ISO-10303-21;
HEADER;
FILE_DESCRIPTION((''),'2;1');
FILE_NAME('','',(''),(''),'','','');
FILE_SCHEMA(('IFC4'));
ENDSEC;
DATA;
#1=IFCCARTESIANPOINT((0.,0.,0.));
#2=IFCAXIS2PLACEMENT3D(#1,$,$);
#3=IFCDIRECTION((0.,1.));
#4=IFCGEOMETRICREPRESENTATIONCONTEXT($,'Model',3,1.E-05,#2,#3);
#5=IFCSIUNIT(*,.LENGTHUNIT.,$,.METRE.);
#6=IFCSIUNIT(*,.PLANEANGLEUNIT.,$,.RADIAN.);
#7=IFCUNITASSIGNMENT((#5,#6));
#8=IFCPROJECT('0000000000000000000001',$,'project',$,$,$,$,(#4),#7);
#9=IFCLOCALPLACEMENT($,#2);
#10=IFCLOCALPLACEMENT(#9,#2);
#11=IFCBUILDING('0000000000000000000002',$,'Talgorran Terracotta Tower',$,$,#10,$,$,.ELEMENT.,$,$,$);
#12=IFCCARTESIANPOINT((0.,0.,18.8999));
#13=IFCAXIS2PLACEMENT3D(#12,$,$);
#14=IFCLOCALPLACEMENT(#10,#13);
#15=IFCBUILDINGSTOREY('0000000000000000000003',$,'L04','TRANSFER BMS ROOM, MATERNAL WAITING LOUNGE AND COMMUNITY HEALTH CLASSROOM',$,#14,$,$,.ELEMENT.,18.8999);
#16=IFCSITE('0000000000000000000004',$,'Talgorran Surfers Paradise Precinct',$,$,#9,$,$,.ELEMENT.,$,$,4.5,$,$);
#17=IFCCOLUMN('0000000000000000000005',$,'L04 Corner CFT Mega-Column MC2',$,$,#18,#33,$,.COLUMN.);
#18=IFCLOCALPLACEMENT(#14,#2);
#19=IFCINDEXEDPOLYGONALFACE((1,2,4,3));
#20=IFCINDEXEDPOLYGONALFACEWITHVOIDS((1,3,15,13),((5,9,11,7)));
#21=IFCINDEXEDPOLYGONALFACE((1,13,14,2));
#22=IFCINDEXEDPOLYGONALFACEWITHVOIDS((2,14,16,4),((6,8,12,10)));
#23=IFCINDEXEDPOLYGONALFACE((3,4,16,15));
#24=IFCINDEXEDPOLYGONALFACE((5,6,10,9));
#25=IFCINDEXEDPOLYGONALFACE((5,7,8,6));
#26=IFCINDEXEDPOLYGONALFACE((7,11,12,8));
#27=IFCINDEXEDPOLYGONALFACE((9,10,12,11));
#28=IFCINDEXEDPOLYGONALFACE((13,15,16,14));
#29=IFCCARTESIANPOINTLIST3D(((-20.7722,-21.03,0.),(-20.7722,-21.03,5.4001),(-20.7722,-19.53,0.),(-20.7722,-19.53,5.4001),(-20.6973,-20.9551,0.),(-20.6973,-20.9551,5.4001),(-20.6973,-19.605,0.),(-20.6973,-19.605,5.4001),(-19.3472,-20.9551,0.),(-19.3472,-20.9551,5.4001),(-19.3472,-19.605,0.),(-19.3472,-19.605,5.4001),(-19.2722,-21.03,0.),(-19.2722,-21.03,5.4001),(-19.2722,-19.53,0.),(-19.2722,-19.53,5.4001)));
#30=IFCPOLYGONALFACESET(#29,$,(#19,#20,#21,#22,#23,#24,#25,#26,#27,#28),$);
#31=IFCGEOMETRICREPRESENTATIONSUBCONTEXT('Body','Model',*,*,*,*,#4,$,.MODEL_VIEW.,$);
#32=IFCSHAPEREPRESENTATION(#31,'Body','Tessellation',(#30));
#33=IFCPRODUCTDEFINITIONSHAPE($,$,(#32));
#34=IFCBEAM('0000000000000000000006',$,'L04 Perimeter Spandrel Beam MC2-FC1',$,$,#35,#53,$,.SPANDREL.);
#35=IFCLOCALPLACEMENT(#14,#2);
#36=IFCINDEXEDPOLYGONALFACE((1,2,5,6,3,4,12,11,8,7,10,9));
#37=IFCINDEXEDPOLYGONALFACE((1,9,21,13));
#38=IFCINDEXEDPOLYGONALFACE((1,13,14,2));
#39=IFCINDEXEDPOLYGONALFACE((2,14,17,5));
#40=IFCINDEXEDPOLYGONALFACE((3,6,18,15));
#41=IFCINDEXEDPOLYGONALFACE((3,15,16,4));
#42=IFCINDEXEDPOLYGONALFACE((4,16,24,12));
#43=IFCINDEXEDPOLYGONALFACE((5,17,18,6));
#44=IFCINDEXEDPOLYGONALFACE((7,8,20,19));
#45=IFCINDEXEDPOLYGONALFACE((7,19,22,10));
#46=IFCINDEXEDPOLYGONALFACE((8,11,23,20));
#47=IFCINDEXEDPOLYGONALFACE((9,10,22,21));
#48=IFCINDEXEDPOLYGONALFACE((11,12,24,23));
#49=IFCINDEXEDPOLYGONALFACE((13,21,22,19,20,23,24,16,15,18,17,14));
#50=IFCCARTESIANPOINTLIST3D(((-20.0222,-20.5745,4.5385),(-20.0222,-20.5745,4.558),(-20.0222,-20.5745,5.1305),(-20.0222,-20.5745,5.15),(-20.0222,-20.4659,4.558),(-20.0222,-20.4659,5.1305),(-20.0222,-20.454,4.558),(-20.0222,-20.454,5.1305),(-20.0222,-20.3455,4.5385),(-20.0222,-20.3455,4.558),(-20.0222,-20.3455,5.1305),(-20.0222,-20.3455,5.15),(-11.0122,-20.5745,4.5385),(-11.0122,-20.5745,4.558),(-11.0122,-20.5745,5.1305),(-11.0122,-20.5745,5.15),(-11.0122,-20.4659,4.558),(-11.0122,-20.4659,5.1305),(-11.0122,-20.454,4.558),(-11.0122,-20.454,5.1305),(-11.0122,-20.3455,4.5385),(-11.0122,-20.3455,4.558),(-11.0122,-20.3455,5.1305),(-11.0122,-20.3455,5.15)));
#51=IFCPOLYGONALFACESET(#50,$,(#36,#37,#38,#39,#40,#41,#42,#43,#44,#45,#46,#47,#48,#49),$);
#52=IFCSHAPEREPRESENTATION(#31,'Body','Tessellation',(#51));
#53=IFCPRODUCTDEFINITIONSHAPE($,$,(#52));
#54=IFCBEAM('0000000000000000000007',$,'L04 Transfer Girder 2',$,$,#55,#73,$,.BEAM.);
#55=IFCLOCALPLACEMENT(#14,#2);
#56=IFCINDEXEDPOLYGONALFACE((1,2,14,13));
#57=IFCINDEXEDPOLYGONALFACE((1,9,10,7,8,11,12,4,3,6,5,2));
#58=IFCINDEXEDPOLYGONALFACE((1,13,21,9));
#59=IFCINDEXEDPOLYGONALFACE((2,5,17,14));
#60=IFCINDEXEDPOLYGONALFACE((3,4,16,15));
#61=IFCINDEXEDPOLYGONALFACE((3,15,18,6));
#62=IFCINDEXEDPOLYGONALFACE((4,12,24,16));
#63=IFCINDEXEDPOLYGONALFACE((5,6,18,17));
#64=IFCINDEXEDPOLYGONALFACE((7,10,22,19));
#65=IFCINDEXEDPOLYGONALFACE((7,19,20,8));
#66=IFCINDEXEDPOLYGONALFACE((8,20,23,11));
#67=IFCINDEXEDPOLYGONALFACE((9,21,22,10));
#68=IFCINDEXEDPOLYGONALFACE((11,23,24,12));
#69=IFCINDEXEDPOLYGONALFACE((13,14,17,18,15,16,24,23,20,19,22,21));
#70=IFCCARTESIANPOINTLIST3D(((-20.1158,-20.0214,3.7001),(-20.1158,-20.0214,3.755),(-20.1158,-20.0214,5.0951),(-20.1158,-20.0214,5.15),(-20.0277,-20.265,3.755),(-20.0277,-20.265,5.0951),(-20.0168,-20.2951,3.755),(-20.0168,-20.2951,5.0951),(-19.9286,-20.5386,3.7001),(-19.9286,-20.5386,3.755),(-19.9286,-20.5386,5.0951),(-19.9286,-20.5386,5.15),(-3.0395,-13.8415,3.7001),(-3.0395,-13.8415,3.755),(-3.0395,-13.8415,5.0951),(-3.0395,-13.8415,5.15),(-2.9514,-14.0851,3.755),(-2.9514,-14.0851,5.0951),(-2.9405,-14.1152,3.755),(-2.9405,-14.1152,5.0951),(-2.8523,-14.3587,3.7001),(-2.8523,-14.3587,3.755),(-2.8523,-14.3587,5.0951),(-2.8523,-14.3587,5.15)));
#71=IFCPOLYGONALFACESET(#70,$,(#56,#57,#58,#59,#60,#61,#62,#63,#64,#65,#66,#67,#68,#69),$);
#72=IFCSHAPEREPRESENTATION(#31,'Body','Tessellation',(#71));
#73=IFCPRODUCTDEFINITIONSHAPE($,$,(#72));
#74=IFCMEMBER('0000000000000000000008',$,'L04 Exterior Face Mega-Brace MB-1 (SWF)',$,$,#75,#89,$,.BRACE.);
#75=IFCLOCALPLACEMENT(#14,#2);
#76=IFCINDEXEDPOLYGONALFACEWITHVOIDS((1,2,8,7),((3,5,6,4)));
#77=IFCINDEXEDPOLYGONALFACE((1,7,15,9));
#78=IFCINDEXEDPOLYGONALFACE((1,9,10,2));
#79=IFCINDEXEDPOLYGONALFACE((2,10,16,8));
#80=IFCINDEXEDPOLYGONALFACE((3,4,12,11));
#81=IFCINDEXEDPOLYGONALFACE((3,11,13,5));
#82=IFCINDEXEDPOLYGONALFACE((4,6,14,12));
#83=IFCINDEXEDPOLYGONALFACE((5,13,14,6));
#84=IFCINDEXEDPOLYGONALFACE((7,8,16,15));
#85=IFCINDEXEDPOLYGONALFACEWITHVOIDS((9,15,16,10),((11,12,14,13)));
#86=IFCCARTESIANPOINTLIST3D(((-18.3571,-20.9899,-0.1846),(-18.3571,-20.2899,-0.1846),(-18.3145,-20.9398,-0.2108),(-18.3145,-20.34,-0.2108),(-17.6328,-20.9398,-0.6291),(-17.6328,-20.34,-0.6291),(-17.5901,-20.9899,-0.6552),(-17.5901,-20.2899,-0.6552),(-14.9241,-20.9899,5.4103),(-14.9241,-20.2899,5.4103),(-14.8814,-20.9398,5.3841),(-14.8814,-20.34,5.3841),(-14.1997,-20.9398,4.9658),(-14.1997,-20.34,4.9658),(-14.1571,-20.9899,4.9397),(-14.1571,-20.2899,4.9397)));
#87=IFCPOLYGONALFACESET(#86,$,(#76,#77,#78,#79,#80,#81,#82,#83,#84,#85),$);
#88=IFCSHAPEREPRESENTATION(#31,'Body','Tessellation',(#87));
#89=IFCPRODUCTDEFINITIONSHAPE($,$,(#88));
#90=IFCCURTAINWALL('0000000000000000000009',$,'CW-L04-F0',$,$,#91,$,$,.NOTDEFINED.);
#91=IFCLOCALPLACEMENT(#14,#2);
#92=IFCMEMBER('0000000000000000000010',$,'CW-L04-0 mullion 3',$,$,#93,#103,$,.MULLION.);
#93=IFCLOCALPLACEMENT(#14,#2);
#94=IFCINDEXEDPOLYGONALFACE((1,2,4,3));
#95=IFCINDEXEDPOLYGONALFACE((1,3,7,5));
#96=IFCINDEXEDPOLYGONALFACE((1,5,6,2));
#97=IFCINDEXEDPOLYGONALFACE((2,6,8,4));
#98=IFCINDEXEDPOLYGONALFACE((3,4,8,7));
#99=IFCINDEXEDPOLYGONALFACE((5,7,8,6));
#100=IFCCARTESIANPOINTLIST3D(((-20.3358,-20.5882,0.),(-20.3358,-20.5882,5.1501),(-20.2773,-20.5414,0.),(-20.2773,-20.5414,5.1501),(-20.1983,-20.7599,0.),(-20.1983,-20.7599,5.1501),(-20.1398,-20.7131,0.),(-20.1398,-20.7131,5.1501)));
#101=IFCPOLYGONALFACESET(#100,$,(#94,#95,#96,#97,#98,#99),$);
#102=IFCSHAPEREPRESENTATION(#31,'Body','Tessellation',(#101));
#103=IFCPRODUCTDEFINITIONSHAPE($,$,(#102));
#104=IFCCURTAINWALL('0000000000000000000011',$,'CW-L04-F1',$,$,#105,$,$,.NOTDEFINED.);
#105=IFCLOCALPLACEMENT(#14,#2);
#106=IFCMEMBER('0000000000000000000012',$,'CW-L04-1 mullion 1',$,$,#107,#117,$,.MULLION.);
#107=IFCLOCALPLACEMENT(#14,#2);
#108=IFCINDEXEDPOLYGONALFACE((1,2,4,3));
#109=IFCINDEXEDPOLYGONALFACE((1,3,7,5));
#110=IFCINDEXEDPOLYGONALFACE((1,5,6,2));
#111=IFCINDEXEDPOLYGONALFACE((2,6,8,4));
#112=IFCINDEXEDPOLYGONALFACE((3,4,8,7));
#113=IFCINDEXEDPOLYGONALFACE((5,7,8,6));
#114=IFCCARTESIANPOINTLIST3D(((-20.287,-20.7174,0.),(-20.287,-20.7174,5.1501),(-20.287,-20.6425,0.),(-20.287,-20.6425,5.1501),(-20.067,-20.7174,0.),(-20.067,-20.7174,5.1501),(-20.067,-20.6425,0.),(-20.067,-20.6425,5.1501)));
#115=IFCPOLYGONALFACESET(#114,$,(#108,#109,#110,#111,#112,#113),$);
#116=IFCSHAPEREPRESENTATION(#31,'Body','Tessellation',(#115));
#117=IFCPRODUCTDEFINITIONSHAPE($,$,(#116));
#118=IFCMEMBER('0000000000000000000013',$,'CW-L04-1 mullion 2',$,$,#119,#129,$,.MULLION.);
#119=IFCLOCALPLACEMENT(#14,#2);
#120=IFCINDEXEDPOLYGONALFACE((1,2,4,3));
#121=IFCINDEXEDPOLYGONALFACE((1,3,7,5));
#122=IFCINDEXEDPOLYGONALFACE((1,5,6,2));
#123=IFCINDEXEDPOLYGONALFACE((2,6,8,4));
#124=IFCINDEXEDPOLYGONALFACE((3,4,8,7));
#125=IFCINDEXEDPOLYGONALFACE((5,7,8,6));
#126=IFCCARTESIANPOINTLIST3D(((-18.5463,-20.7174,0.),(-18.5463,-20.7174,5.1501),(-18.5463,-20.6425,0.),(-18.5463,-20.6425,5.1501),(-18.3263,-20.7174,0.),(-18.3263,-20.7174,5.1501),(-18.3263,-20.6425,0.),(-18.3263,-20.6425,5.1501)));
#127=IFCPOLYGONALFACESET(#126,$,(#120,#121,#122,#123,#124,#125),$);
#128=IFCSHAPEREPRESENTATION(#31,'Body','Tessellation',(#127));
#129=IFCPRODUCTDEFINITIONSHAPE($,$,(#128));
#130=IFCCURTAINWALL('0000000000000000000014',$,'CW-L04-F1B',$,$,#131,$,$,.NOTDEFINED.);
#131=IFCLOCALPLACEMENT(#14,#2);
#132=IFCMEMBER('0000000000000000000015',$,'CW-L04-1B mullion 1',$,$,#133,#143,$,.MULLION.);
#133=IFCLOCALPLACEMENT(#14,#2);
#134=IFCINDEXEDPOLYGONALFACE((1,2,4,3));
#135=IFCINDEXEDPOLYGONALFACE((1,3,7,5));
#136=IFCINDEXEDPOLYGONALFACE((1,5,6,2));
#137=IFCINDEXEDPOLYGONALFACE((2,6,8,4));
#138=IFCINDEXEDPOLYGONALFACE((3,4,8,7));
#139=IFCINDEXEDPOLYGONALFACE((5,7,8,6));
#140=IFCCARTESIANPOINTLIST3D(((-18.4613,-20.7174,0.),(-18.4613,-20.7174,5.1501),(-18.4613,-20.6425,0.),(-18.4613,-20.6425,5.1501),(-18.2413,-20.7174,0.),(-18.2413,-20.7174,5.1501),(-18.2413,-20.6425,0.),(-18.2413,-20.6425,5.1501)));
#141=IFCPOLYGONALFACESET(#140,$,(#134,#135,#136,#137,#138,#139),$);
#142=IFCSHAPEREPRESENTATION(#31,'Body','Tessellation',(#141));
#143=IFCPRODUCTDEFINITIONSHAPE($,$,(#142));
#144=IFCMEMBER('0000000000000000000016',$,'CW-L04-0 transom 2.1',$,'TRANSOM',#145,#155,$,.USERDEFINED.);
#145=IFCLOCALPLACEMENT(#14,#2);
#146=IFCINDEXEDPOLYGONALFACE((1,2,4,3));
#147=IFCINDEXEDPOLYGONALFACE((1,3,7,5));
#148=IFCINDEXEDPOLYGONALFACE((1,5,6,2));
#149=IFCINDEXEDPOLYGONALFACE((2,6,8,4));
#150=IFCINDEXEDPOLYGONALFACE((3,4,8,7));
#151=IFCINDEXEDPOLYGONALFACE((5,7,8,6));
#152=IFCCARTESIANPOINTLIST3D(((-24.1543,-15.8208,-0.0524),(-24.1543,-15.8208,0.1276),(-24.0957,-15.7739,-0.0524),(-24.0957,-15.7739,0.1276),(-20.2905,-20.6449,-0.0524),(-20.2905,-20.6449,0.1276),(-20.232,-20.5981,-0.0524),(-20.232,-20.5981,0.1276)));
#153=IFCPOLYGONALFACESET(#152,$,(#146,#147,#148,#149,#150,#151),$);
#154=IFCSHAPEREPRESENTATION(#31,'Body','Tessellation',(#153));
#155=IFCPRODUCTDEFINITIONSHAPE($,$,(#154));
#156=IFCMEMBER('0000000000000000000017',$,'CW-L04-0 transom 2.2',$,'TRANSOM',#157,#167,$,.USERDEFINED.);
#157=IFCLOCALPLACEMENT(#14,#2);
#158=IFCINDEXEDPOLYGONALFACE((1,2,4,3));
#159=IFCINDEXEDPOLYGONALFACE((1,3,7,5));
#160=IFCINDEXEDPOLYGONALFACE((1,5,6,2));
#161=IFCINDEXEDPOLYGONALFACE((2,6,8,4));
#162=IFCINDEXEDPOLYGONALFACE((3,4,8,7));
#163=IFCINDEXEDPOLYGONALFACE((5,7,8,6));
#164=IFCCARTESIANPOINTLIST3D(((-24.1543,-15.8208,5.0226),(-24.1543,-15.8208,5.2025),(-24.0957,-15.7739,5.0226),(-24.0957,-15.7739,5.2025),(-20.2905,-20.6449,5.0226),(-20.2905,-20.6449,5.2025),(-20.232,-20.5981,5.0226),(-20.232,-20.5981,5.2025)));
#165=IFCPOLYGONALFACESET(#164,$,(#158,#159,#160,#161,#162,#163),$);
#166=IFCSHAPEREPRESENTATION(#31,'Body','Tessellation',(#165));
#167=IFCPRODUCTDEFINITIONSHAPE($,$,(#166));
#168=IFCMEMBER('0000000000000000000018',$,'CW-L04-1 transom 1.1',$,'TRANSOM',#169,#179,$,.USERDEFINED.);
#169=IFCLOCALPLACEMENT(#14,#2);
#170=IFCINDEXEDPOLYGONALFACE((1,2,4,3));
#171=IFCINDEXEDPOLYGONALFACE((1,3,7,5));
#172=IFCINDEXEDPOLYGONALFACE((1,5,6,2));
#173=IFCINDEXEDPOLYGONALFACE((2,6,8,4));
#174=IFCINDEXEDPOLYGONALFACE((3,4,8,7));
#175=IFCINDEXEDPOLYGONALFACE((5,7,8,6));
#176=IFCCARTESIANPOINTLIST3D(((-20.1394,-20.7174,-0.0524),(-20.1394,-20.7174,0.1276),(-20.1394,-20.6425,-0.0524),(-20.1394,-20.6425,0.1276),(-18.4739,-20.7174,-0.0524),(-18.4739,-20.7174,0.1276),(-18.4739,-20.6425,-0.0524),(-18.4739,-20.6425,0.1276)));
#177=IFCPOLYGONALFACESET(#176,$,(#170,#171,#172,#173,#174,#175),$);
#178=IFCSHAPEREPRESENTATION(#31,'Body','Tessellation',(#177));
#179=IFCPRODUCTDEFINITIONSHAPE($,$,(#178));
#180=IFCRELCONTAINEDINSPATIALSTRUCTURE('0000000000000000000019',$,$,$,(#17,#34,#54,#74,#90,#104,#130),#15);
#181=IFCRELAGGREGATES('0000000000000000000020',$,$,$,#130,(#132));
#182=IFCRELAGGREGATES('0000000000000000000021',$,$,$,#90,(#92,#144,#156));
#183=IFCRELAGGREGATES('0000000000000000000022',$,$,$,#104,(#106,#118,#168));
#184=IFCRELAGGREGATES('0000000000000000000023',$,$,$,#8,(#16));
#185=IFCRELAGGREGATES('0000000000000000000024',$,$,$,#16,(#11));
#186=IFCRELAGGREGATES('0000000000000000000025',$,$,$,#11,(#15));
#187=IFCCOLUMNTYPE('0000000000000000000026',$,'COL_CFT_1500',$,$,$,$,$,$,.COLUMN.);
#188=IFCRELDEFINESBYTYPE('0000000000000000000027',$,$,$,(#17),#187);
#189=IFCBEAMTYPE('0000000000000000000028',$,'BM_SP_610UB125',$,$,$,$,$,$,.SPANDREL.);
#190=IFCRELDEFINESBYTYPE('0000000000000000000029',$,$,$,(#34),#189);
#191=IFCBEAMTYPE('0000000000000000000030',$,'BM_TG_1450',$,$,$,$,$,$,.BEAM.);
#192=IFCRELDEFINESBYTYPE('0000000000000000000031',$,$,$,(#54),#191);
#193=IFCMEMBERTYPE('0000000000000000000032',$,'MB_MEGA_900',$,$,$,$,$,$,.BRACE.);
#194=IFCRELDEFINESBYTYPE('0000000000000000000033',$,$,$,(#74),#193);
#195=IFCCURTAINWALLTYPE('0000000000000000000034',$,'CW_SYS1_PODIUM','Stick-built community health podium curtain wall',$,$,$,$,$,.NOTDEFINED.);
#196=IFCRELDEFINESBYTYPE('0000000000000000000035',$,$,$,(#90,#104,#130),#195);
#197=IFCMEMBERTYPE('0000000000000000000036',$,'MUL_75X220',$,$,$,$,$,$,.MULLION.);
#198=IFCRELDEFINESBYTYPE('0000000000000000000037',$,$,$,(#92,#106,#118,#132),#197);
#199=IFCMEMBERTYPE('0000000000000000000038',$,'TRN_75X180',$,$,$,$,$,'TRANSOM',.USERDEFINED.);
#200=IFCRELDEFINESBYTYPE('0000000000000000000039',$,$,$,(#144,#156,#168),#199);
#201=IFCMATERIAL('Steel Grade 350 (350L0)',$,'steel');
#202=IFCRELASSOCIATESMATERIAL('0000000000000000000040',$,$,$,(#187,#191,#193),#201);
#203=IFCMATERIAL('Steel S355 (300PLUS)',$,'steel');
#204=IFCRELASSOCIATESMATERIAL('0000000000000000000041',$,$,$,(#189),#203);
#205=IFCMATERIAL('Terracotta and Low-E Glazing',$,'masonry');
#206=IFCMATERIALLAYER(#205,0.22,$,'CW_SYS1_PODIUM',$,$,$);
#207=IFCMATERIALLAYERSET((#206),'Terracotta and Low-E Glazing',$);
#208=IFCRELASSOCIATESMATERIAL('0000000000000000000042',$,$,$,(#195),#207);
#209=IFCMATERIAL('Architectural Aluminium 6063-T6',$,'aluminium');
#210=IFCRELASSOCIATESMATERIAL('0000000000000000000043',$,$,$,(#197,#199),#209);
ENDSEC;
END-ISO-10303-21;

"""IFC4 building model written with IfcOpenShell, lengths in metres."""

from ifc_helpers import new_model, si_unit, direction, frame, origin, origin_2d, place, context, subcontext, project, spatial, rectangle, hollow_rectangle, i_section, extrude, material, layer, layer_set, material_profile, profile_set, type_object, element, aggregate, save


model = new_model("IFC4")

# Units and contexts
model_context = context("Model", 3, precision=1e-05, world=origin(), true_north=direction((0.0, 1.0)))
body_context = subcontext(model_context, "Body", "Model", "MODEL_VIEW")
ifc_project = project(units=[si_unit("LENGTHUNIT", "METRE"), si_unit("PLANEANGLEUNIT", "RADIAN")], contexts=[model_context])

# Site, building, storey
site_placement = place(None, origin())
site = spatial("IfcSite", under=ifc_project, at=site_placement, Name="Talgorran Surfers Paradise Precinct", CompositionType="ELEMENT", RefElevation=4.5)
building_placement = place(site_placement, origin())
building = spatial("IfcBuilding", under=site, at=building_placement, Name="Talgorran Terracotta Tower", CompositionType="ELEMENT")
storey_placement = place(building_placement, frame((0.0, 0.0, 18.8999)))
storey = spatial("IfcBuildingStorey", under=building, at=storey_placement, Name="L04", Description="TRANSFER BMS ROOM, MATERNAL WAITING LOUNGE AND COMMUNITY HEALTH CLASSROOM", CompositionType="ELEMENT", Elevation=18.8999)

# Column
ifc_material_1 = material(Name="Steel Grade 350 (350L0)", Category="steel")
ifc_material_profile_1 = material_profile(ifc_material_1, hollow_rectangle(XDim=1.5, YDim=1.5, WallThickness=0.075, at=origin_2d()), Name="CFT1500X1500X75")
ifc_profile_set_1 = profile_set([ifc_material_profile_1], Name="Steel Grade 350 (350L0)")
column_type = type_object("IfcColumnType", Name="COL_CFT_1500", PredefinedType="COLUMN", material=ifc_profile_set_1)
column_placement = place(storey_placement, frame((-20.0222, -20.28, 0.0), z_axis=(0.0, 0.0, 1.0), x_axis=(1.0, 0.0, 0.0)))
element("IfcColumn", 1, at=column_placement, inside=storey, type_object=column_type, Name="L04 Corner CFT Mega-Column MC2", PredefinedType="COLUMN", context=body_context, shape_type="SweptSolid", body=[
    extrude(hollow_rectangle(XDim=1.5, YDim=1.5, WallThickness=0.075, at=origin_2d()), origin(), (0.0, 0.0, 1.0), 5.4001),
])

# Beams
ifc_material_2 = material(Name="Steel S355 (300PLUS)", Category="steel")
ifc_material_profile_2 = material_profile(ifc_material_2, i_section(OverallWidth=0.229, OverallDepth=0.6116, WebThickness=0.012, FlangeThickness=0.0195, at=origin_2d()), Name="610UB125")
ifc_profile_set_2 = profile_set([ifc_material_profile_2], Name="Steel S355 (300PLUS)")
beam_type_1 = type_object("IfcBeamType", Name="BM_SP_610UB125", PredefinedType="SPANDREL", material=ifc_profile_set_2)
beam_1_placement = place(storey_placement, frame((-20.0222, -20.46, 4.8442), z_axis=(1.0, 0.0, 0.0), x_axis=(0.0, 1.0, 0.0)))
element("IfcBeam", 2, at=beam_1_placement, inside=storey, type_object=beam_type_1, Name="L04 Perimeter Spandrel Beam MC2-FC1", PredefinedType="SPANDREL", context=body_context, shape_type="SweptSolid", body=[
    extrude(i_section(OverallWidth=0.229, OverallDepth=0.6116, WebThickness=0.012, FlangeThickness=0.0195, at=origin_2d()), origin(), (0.0, 0.0, 1.0), 9.01),
])
ifc_material_profile_3 = material_profile(ifc_material_1, i_section(OverallWidth=0.55, OverallDepth=1.45, WebThickness=0.032, FlangeThickness=0.0549, at=origin_2d()), Name="TG1450X550")
ifc_profile_set_3 = profile_set([ifc_material_profile_3], Name="Steel Grade 350 (350L0)")
beam_type_2 = type_object("IfcBeamType", Name="BM_TG_1450", PredefinedType="BEAM", material=ifc_profile_set_3)
beam_2_placement = place(storey_placement, frame((-20.0222, -20.28, 4.425), z_axis=(0.940317, 0.340299, 0.0), x_axis=(-0.340299, 0.940317, 0.0)))
element("IfcBeam", 3, at=beam_2_placement, inside=storey, type_object=beam_type_2, Name="L04 Transfer Girder 2", PredefinedType="BEAM", context=body_context, shape_type="SweptSolid", body=[
    extrude(i_section(OverallWidth=0.55, OverallDepth=1.45, WebThickness=0.032, FlangeThickness=0.0549, at=origin_2d()), origin(), (0.0, 0.0, 1.0), 18.1602),
])

# Member
ifc_material_profile_4 = material_profile(ifc_material_1, hollow_rectangle(XDim=0.7, YDim=0.8999, WallThickness=0.05, at=origin_2d()), Name="WBOX900X700X50")
ifc_profile_set_4 = profile_set([ifc_material_profile_4], Name="Steel Grade 350 (350L0)")
member_type_1 = type_object("IfcMemberType", Name="MB_MEGA_900", PredefinedType="BRACE", material=ifc_profile_set_4)
member_1_placement = place(storey_placement, frame((-17.9736, -20.6399, -0.4199), z_axis=(0.522997, 0.0, 0.852334), x_axis=(0.0, 1.0, 0.0)))
element("IfcMember", 4, at=member_1_placement, inside=storey, type_object=member_type_1, Name="L04 Exterior Face Mega-Brace MB-1 (SWF)", PredefinedType="BRACE", context=body_context, shape_type="SweptSolid", body=[
    extrude(hollow_rectangle(XDim=0.7, YDim=0.8999, WallThickness=0.05, at=origin_2d()), origin(), (0.0, 0.0, 1.0), 6.5642),
])

# Curtain wall, member
ifc_material_3 = material(Name="Terracotta and Low-E Glazing", Category="masonry")
ifc_layer_1 = layer(ifc_material_3, 0.22, Name="CW_SYS1_PODIUM")
ifc_layer_set_1 = layer_set([ifc_layer_1], Name="Terracotta and Low-E Glazing")
curtain_wall_type = type_object("IfcCurtainWallType", Name="CW_SYS1_PODIUM", Description="Stick-built community health podium curtain wall", PredefinedType="NOTDEFINED", material=ifc_layer_set_1)
curtain_wall_1_placement = place(storey_placement, origin())
curtain_wall_1 = element("IfcCurtainWall", 5, at=curtain_wall_1_placement, inside=storey, type_object=curtain_wall_type, Name="CW-L04-F0", PredefinedType="NOTDEFINED")
ifc_material_4 = material(Name="Architectural Aluminium 6063-T6", Category="aluminium")
ifc_material_profile_5 = material_profile(ifc_material_4, rectangle(XDim=0.075, YDim=0.22, at=origin_2d()), Name="CWM75X220")
ifc_profile_set_5 = profile_set([ifc_material_profile_5], Name="Architectural Aluminium 6063-T6")
member_type_2 = type_object("IfcMemberType", Name="MUL_75X220", PredefinedType="MULLION", material=ifc_profile_set_5)
member_2_placement = place(storey_placement, frame((-20.2378, -20.6506, 0.0), z_axis=(0.0, 0.0, 1.0), x_axis=(0.780532, 0.625116, 0.0)))
member_2 = element("IfcMember", 6, at=member_2_placement, type_object=member_type_2, Name="CW-L04-0 mullion 3", PredefinedType="MULLION", context=body_context, shape_type="SweptSolid", body=[
    extrude(rectangle(XDim=0.075, YDim=0.22, at=origin_2d()), origin(), (0.0, 0.0, 1.0), 5.1501),
])

# Curtain wall, members
curtain_wall_2_placement = place(storey_placement, origin())
curtain_wall_2 = element("IfcCurtainWall", 7, at=curtain_wall_2_placement, inside=storey, type_object=curtain_wall_type, Name="CW-L04-F1", PredefinedType="NOTDEFINED")
member_3_placement = place(storey_placement, frame((-20.177, -20.6799, 0.0), z_axis=(0.0, 0.0, 1.0), x_axis=(0.0, 1.0, 0.0)))
member_3 = element("IfcMember", 8, at=member_3_placement, type_object=member_type_2, Name="CW-L04-1 mullion 1", PredefinedType="MULLION", context=body_context, shape_type="SweptSolid", body=[
    extrude(rectangle(XDim=0.075, YDim=0.22, at=origin_2d()), origin(), (0.0, 0.0, 1.0), 5.1501),
])
member_4_placement = place(storey_placement, frame((-18.4363, -20.6799, 0.0), z_axis=(0.0, 0.0, 1.0), x_axis=(0.0, 1.0, 0.0)))
member_4 = element("IfcMember", 9, at=member_4_placement, type_object=member_type_2, Name="CW-L04-1 mullion 2", PredefinedType="MULLION", context=body_context, shape_type="SweptSolid", body=[
    extrude(rectangle(XDim=0.075, YDim=0.22, at=origin_2d()), origin(), (0.0, 0.0, 1.0), 5.1501),
])

# Curtain wall, member
curtain_wall_3_placement = place(storey_placement, origin())
curtain_wall_3 = element("IfcCurtainWall", 10, at=curtain_wall_3_placement, inside=storey, type_object=curtain_wall_type, Name="CW-L04-F1B", PredefinedType="NOTDEFINED")
member_5_placement = place(storey_placement, frame((-18.3513, -20.6799, 0.0), z_axis=(0.0, 0.0, 1.0), x_axis=(0.0, 1.0, 0.0)))
member_5 = element("IfcMember", 11, at=member_5_placement, type_object=member_type_2, Name="CW-L04-1B mullion 1", PredefinedType="MULLION", context=body_context, shape_type="SweptSolid", body=[
    extrude(rectangle(XDim=0.075, YDim=0.22, at=origin_2d()), origin(), (0.0, 0.0, 1.0), 5.1501),
])

# Members
ifc_material_profile_6 = material_profile(ifc_material_4, rectangle(XDim=0.075, YDim=0.1799, at=origin_2d()), Name="CWT75X180")
ifc_profile_set_6 = profile_set([ifc_material_profile_6], Name="Architectural Aluminium 6063-T6")
member_type_3 = type_object("IfcMemberType", Name="TRN_75X180", ElementType="TRANSOM", PredefinedType="USERDEFINED", material=ifc_profile_set_6)
member_6_placement = place(storey_placement, frame((-24.125, -15.7974, 0.0376), z_axis=(0.625128, -0.780522, 0.0), x_axis=(0.780522, 0.625128, 0.0)))
member_6 = element("IfcMember", 12, at=member_6_placement, type_object=member_type_3, Name="CW-L04-0 transom 2.1", ObjectType="TRANSOM", PredefinedType="USERDEFINED", context=body_context, shape_type="SweptSolid", body=[
    extrude(rectangle(XDim=0.075, YDim=0.1799, at=origin_2d()), origin(), (0.0, 0.0, 1.0), 6.1807),
])
member_7_placement = place(storey_placement, frame((-24.125, -15.7974, 5.1125), z_axis=(0.625128, -0.780522, 0.0), x_axis=(0.780522, 0.625128, 0.0)))
member_7 = element("IfcMember", 13, at=member_7_placement, type_object=member_type_3, Name="CW-L04-0 transom 2.2", ObjectType="TRANSOM", PredefinedType="USERDEFINED", context=body_context, shape_type="SweptSolid", body=[
    extrude(rectangle(XDim=0.075, YDim=0.1799, at=origin_2d()), origin(), (0.0, 0.0, 1.0), 6.1807),
])
member_8_placement = place(storey_placement, frame((-20.1394, -20.6799, 0.0376), z_axis=(1.0, 0.0, 0.0), x_axis=(0.0, 1.0, 0.0)))
member_8 = element("IfcMember", 14, at=member_8_placement, type_object=member_type_3, Name="CW-L04-1 transom 1.1", ObjectType="TRANSOM", PredefinedType="USERDEFINED", context=body_context, shape_type="SweptSolid", body=[
    extrude(rectangle(XDim=0.075, YDim=0.1799, at=origin_2d()), origin(), (0.0, 0.0, 1.0), 1.6655),
])
aggregate(curtain_wall_3, [member_5])

aggregate(curtain_wall_1, [member_2, member_6, member_7])
aggregate(curtain_wall_2, [member_3, member_4, member_8])

save(model, "model.ifc")
